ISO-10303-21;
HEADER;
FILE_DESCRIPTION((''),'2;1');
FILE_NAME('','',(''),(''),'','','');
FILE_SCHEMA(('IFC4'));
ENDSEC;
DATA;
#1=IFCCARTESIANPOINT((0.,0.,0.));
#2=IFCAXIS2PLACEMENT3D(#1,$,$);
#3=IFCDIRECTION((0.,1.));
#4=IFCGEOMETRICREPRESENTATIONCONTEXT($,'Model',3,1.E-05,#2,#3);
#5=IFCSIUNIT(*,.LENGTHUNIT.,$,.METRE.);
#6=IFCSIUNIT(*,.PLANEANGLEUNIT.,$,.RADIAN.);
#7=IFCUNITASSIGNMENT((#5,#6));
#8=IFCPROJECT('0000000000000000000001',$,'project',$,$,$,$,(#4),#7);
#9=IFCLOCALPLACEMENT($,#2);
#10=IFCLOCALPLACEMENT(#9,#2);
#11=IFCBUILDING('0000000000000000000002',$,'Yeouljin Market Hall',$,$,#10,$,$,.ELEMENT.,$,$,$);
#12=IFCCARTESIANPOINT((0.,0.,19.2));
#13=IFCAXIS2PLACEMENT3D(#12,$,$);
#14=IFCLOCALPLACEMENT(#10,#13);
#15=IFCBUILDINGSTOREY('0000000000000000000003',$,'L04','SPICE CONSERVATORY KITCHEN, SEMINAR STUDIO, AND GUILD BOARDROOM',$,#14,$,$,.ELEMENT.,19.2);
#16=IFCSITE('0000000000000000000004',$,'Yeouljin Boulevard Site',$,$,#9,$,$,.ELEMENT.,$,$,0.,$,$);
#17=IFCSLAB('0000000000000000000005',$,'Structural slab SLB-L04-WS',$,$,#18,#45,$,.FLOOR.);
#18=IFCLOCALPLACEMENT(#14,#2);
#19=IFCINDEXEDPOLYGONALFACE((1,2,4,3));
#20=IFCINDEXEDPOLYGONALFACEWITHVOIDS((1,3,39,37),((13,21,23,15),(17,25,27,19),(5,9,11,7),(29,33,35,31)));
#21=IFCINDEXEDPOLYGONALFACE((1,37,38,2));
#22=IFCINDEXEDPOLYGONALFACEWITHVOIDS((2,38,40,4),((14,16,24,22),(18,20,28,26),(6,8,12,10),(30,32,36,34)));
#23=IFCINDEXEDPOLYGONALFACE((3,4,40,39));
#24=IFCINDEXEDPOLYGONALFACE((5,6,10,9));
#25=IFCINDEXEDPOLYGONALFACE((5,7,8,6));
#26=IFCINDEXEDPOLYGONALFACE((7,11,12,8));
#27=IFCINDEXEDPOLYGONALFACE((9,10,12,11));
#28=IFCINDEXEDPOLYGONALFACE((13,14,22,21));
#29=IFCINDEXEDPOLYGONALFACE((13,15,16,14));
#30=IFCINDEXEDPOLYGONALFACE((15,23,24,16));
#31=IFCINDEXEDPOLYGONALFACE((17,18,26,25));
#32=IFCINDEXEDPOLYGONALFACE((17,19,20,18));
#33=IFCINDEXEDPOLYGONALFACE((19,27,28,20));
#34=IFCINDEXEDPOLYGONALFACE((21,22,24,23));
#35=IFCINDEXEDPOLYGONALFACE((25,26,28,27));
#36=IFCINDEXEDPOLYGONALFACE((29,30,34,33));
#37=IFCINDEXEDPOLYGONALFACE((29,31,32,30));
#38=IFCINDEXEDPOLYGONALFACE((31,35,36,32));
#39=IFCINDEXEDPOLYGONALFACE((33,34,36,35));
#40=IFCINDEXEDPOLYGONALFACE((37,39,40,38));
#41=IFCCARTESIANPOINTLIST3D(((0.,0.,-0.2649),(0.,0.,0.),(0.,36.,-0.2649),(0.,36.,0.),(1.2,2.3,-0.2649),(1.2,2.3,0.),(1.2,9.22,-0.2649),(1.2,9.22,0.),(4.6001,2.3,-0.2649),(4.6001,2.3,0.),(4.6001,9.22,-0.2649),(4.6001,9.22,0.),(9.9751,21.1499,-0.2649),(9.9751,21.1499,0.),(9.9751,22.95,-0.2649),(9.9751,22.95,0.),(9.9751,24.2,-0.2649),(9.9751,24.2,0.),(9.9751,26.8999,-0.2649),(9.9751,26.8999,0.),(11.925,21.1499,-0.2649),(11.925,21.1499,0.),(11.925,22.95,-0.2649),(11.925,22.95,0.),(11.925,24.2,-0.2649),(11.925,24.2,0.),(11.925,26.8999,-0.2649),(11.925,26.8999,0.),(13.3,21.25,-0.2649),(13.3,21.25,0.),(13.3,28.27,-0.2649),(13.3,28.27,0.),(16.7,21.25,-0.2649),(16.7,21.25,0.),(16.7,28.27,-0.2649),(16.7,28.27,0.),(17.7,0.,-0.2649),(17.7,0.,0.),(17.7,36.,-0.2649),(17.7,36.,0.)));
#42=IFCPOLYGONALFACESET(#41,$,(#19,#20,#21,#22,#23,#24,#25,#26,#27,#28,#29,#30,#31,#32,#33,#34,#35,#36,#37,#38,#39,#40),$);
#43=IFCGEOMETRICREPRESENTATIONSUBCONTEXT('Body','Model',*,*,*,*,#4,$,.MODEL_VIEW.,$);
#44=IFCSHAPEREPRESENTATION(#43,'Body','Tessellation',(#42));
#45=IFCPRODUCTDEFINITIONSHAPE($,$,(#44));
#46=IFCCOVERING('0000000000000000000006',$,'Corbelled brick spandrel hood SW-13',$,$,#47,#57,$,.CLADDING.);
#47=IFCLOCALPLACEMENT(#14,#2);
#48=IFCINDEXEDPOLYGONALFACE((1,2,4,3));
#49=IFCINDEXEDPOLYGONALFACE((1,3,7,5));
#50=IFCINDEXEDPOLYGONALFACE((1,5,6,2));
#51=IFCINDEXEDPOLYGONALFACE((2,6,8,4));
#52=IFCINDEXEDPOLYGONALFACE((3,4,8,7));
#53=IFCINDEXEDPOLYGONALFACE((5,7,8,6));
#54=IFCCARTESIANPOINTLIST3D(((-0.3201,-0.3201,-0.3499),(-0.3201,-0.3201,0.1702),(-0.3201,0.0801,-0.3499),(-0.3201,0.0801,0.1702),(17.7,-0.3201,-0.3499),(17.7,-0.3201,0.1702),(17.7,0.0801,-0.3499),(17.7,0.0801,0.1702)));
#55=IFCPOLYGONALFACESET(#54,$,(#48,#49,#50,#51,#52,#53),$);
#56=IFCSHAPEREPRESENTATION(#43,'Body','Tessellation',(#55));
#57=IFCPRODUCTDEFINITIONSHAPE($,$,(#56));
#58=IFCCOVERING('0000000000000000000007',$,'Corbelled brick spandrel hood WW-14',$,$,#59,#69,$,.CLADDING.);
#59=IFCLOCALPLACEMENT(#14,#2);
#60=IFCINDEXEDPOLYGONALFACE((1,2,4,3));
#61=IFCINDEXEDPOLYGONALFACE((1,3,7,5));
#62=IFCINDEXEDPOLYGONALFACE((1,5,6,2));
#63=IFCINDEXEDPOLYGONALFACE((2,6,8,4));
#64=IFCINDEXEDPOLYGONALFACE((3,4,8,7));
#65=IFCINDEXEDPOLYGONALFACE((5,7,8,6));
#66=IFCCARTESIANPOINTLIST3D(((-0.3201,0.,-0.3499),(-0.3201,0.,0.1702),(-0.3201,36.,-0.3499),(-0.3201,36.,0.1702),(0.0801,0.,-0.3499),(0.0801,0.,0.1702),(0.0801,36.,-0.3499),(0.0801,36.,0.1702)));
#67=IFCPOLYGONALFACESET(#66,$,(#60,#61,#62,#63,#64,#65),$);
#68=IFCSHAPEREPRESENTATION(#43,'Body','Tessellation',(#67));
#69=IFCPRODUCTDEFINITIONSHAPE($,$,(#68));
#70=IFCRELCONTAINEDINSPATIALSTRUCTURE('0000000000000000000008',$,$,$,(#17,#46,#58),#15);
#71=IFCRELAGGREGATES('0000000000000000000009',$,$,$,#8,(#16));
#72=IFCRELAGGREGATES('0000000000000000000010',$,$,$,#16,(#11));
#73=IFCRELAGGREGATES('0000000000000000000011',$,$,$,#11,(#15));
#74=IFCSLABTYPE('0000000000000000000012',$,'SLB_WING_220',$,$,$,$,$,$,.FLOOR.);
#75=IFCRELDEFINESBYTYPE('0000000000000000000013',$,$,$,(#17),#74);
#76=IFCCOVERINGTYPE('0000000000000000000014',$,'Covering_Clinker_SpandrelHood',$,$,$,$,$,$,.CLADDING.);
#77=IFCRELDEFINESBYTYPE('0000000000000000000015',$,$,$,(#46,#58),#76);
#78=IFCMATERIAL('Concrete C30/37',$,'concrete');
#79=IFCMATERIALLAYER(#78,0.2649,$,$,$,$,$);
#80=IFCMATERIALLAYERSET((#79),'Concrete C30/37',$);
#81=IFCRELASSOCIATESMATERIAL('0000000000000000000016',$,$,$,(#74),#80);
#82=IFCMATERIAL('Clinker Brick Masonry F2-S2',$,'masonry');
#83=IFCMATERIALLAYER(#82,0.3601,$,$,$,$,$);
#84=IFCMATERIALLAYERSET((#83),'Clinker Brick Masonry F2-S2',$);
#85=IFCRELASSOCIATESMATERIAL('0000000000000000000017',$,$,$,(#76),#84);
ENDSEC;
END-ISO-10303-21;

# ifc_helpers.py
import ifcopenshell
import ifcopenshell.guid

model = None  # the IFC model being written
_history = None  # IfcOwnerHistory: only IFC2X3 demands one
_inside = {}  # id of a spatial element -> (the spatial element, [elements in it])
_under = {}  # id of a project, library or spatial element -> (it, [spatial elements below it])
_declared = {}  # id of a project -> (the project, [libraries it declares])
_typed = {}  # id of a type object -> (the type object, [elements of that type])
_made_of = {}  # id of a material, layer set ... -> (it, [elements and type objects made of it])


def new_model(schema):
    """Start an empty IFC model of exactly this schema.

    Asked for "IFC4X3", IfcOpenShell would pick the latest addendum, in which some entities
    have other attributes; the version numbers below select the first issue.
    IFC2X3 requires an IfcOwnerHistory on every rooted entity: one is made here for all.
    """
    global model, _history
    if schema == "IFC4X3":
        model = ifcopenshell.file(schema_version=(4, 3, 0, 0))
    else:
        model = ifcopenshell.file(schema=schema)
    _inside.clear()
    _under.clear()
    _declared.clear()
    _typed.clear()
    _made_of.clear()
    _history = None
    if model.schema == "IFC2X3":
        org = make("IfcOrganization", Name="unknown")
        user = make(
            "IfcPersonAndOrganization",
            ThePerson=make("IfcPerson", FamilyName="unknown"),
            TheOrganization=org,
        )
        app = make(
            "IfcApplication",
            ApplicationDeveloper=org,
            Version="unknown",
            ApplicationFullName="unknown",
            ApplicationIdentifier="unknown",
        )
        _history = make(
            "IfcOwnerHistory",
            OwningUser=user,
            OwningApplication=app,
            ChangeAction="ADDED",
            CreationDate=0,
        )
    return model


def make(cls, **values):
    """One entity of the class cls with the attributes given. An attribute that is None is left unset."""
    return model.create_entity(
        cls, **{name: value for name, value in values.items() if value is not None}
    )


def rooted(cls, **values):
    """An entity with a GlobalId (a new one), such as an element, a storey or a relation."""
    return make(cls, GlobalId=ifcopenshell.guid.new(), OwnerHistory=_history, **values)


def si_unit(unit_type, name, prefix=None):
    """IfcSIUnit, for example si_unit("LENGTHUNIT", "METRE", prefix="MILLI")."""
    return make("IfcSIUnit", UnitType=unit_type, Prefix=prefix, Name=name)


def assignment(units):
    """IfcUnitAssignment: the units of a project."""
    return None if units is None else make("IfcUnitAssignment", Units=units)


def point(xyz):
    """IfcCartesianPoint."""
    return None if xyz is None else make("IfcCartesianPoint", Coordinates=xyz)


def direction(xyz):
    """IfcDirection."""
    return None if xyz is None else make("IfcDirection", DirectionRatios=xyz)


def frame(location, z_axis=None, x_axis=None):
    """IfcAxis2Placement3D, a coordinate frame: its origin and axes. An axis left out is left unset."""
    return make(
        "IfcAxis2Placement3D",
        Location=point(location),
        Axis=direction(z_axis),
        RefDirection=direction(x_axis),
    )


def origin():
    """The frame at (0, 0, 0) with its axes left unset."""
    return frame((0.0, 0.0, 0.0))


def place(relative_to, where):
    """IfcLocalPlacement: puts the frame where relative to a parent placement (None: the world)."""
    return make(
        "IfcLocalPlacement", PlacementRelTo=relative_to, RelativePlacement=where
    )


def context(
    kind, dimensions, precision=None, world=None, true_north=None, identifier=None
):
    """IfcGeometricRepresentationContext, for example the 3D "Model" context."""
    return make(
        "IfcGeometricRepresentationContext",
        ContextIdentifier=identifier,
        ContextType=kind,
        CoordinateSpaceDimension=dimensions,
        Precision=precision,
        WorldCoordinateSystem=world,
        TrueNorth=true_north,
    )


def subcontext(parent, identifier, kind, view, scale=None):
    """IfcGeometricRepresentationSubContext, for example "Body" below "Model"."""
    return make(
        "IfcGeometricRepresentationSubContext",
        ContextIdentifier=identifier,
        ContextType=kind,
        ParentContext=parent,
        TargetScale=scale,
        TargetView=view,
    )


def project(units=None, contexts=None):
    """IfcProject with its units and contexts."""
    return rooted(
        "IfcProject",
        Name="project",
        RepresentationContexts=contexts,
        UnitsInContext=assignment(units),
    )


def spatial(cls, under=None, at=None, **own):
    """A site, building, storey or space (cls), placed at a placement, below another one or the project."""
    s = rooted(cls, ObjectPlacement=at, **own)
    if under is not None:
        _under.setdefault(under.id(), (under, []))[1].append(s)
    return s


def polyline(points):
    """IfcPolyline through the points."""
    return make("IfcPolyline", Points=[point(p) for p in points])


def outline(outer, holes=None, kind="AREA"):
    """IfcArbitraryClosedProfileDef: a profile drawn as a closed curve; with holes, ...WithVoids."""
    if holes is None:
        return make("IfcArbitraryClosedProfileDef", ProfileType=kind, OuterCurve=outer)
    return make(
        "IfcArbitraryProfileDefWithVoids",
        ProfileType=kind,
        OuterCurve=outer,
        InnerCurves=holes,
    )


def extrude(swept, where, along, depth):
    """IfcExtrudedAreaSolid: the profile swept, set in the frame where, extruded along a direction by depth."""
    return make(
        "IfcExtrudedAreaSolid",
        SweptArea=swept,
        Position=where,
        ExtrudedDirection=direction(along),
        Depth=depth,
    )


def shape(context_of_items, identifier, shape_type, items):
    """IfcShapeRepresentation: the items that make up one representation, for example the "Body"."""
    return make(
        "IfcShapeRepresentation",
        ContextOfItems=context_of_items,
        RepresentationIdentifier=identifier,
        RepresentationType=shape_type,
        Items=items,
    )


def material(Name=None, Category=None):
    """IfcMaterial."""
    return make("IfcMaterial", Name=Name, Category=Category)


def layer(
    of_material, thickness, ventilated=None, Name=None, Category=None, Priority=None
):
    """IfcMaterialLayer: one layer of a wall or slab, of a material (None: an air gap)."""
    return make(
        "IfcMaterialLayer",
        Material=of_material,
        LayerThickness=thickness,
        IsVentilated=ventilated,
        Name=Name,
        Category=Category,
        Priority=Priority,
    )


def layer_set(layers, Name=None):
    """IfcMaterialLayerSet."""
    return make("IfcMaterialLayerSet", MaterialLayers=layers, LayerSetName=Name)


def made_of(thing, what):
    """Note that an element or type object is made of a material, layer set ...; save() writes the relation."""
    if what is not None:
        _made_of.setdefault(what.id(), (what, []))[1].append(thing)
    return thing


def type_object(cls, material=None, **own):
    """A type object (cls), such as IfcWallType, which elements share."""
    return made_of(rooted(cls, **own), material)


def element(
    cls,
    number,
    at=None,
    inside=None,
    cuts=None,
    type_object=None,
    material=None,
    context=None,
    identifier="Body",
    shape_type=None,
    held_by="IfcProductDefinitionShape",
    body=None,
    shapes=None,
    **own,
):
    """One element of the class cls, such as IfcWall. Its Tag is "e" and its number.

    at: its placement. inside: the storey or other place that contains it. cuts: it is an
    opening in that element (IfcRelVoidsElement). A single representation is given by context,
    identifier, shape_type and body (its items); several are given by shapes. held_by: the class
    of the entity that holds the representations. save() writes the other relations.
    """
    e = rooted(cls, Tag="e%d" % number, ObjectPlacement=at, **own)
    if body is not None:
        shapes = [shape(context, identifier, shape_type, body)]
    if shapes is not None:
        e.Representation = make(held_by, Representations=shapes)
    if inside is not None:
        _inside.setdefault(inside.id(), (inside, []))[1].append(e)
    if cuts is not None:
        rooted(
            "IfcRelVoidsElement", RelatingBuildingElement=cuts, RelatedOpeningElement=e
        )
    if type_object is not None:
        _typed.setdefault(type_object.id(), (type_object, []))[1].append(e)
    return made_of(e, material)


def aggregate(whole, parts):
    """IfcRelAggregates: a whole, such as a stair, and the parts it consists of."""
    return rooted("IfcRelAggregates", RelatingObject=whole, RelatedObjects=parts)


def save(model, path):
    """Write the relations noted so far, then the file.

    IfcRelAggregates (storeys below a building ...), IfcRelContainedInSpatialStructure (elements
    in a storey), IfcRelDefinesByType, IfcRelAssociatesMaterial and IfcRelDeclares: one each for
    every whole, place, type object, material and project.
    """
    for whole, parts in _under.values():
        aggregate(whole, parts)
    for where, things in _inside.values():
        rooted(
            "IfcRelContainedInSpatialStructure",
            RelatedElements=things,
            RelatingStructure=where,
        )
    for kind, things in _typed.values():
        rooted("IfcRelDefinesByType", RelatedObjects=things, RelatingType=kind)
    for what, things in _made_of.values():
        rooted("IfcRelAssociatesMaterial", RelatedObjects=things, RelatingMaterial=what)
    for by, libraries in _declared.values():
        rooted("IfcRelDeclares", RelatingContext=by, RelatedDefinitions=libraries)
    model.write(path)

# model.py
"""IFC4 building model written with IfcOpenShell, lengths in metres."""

from ifc_helpers import new_model, si_unit, direction, frame, origin, place, context, subcontext, project, spatial, polyline, outline, extrude, material, layer, layer_set, type_object, element, save


model = new_model("IFC4")

# Units and contexts
model_context = context("Model", 3, precision=1e-05, world=origin(), true_north=direction((0.0, 1.0)))
body_context = subcontext(model_context, "Body", "Model", "MODEL_VIEW")
ifc_project = project(units=[si_unit("LENGTHUNIT", "METRE"), si_unit("PLANEANGLEUNIT", "RADIAN")], contexts=[model_context])

# Site, building, storey
site_placement = place(None, origin())
site = spatial("IfcSite", under=ifc_project, at=site_placement, Name="Yeouljin Boulevard Site", CompositionType="ELEMENT", RefElevation=0.0)
building_placement = place(site_placement, origin())
building = spatial("IfcBuilding", under=site, at=building_placement, Name="Yeouljin Market Hall", CompositionType="ELEMENT")
storey_placement = place(building_placement, frame((0.0, 0.0, 19.2)))
storey = spatial("IfcBuildingStorey", under=building, at=storey_placement, Name="L04", Description="SPICE CONSERVATORY KITCHEN, SEMINAR STUDIO, AND GUILD BOARDROOM", CompositionType="ELEMENT", Elevation=19.2)

# Slab
ifc_material_1 = material(Name="Concrete C30/37", Category="concrete")
ifc_layer_1 = layer(ifc_material_1, 0.2649)
ifc_layer_set_1 = layer_set([ifc_layer_1], Name="Concrete C30/37")
slab_type_1 = type_object("IfcSlabType", Name="SLB_WING_220", PredefinedType="FLOOR", material=ifc_layer_set_1)
slab_1_placement = place(storey_placement, frame((0.0, 0.0, -0.2649)))
element("IfcSlab", 1, at=slab_1_placement, inside=storey, type_object=slab_type_1, Name="Structural slab SLB-L04-WS", PredefinedType="FLOOR", context=body_context, shape_type="SweptSolid", body=[
    extrude(outline(polyline([(0.0, 0.0), (17.7, 0.0), (17.7, 36.0), (0.0, 36.0), (0.0, 0.0)]), holes=[polyline([(13.3, 21.25), (16.7, 21.25), (16.7, 28.27), (13.3, 28.27), (13.3, 21.25)]), polyline([(1.2, 2.3), (4.6001, 2.3), (4.6001, 9.22), (1.2, 9.22), (1.2, 2.3)]), polyline([(9.9751, 21.1499), (11.925, 21.1499), (11.925, 22.95), (9.9751, 22.95), (9.9751, 21.1499)]), polyline([(9.9751, 24.2), (11.925, 24.2), (11.925, 26.8999), (9.9751, 26.8999), (9.9751, 24.2)])]), origin(), (0.0, 0.0, 1.0), 0.2649),
])

# Coverings
ifc_material_2 = material(Name="Clinker Brick Masonry F2-S2", Category="masonry")
ifc_layer_2 = layer(ifc_material_2, 0.3601)
ifc_layer_set_2 = layer_set([ifc_layer_2], Name="Clinker Brick Masonry F2-S2")
covering_type = type_object("IfcCoveringType", Name="Covering_Clinker_SpandrelHood", PredefinedType="CLADDING", material=ifc_layer_set_2)
covering_1_placement = place(storey_placement, frame((0.0, 0.0, -0.3499)))
element("IfcCovering", 2, at=covering_1_placement, inside=storey, type_object=covering_type, Name="Corbelled brick spandrel hood SW-13", PredefinedType="CLADDING", context=body_context, shape_type="SweptSolid", body=[
    extrude(outline(polyline([(-0.3201, -0.3201), (17.7, -0.3201), (17.7, 0.0801), (-0.3201, 0.0801), (-0.3201, -0.3201)])), origin(), (0.0, 0.0, 1.0), 0.52),
])
covering_2_placement = place(storey_placement, frame((0.0, 0.0, -0.3499)))
element("IfcCovering", 3, at=covering_2_placement, inside=storey, type_object=covering_type, Name="Corbelled brick spandrel hood WW-14", PredefinedType="CLADDING", context=body_context, shape_type="SweptSolid", body=[
    extrude(outline(polyline([(-0.3201, 0.0), (0.0801, 0.0), (0.0801, 36.0), (-0.3201, 36.0), (-0.3201, 0.0)])), origin(), (0.0, 0.0, 1.0), 0.52),
])

save(model, "model.ifc")
